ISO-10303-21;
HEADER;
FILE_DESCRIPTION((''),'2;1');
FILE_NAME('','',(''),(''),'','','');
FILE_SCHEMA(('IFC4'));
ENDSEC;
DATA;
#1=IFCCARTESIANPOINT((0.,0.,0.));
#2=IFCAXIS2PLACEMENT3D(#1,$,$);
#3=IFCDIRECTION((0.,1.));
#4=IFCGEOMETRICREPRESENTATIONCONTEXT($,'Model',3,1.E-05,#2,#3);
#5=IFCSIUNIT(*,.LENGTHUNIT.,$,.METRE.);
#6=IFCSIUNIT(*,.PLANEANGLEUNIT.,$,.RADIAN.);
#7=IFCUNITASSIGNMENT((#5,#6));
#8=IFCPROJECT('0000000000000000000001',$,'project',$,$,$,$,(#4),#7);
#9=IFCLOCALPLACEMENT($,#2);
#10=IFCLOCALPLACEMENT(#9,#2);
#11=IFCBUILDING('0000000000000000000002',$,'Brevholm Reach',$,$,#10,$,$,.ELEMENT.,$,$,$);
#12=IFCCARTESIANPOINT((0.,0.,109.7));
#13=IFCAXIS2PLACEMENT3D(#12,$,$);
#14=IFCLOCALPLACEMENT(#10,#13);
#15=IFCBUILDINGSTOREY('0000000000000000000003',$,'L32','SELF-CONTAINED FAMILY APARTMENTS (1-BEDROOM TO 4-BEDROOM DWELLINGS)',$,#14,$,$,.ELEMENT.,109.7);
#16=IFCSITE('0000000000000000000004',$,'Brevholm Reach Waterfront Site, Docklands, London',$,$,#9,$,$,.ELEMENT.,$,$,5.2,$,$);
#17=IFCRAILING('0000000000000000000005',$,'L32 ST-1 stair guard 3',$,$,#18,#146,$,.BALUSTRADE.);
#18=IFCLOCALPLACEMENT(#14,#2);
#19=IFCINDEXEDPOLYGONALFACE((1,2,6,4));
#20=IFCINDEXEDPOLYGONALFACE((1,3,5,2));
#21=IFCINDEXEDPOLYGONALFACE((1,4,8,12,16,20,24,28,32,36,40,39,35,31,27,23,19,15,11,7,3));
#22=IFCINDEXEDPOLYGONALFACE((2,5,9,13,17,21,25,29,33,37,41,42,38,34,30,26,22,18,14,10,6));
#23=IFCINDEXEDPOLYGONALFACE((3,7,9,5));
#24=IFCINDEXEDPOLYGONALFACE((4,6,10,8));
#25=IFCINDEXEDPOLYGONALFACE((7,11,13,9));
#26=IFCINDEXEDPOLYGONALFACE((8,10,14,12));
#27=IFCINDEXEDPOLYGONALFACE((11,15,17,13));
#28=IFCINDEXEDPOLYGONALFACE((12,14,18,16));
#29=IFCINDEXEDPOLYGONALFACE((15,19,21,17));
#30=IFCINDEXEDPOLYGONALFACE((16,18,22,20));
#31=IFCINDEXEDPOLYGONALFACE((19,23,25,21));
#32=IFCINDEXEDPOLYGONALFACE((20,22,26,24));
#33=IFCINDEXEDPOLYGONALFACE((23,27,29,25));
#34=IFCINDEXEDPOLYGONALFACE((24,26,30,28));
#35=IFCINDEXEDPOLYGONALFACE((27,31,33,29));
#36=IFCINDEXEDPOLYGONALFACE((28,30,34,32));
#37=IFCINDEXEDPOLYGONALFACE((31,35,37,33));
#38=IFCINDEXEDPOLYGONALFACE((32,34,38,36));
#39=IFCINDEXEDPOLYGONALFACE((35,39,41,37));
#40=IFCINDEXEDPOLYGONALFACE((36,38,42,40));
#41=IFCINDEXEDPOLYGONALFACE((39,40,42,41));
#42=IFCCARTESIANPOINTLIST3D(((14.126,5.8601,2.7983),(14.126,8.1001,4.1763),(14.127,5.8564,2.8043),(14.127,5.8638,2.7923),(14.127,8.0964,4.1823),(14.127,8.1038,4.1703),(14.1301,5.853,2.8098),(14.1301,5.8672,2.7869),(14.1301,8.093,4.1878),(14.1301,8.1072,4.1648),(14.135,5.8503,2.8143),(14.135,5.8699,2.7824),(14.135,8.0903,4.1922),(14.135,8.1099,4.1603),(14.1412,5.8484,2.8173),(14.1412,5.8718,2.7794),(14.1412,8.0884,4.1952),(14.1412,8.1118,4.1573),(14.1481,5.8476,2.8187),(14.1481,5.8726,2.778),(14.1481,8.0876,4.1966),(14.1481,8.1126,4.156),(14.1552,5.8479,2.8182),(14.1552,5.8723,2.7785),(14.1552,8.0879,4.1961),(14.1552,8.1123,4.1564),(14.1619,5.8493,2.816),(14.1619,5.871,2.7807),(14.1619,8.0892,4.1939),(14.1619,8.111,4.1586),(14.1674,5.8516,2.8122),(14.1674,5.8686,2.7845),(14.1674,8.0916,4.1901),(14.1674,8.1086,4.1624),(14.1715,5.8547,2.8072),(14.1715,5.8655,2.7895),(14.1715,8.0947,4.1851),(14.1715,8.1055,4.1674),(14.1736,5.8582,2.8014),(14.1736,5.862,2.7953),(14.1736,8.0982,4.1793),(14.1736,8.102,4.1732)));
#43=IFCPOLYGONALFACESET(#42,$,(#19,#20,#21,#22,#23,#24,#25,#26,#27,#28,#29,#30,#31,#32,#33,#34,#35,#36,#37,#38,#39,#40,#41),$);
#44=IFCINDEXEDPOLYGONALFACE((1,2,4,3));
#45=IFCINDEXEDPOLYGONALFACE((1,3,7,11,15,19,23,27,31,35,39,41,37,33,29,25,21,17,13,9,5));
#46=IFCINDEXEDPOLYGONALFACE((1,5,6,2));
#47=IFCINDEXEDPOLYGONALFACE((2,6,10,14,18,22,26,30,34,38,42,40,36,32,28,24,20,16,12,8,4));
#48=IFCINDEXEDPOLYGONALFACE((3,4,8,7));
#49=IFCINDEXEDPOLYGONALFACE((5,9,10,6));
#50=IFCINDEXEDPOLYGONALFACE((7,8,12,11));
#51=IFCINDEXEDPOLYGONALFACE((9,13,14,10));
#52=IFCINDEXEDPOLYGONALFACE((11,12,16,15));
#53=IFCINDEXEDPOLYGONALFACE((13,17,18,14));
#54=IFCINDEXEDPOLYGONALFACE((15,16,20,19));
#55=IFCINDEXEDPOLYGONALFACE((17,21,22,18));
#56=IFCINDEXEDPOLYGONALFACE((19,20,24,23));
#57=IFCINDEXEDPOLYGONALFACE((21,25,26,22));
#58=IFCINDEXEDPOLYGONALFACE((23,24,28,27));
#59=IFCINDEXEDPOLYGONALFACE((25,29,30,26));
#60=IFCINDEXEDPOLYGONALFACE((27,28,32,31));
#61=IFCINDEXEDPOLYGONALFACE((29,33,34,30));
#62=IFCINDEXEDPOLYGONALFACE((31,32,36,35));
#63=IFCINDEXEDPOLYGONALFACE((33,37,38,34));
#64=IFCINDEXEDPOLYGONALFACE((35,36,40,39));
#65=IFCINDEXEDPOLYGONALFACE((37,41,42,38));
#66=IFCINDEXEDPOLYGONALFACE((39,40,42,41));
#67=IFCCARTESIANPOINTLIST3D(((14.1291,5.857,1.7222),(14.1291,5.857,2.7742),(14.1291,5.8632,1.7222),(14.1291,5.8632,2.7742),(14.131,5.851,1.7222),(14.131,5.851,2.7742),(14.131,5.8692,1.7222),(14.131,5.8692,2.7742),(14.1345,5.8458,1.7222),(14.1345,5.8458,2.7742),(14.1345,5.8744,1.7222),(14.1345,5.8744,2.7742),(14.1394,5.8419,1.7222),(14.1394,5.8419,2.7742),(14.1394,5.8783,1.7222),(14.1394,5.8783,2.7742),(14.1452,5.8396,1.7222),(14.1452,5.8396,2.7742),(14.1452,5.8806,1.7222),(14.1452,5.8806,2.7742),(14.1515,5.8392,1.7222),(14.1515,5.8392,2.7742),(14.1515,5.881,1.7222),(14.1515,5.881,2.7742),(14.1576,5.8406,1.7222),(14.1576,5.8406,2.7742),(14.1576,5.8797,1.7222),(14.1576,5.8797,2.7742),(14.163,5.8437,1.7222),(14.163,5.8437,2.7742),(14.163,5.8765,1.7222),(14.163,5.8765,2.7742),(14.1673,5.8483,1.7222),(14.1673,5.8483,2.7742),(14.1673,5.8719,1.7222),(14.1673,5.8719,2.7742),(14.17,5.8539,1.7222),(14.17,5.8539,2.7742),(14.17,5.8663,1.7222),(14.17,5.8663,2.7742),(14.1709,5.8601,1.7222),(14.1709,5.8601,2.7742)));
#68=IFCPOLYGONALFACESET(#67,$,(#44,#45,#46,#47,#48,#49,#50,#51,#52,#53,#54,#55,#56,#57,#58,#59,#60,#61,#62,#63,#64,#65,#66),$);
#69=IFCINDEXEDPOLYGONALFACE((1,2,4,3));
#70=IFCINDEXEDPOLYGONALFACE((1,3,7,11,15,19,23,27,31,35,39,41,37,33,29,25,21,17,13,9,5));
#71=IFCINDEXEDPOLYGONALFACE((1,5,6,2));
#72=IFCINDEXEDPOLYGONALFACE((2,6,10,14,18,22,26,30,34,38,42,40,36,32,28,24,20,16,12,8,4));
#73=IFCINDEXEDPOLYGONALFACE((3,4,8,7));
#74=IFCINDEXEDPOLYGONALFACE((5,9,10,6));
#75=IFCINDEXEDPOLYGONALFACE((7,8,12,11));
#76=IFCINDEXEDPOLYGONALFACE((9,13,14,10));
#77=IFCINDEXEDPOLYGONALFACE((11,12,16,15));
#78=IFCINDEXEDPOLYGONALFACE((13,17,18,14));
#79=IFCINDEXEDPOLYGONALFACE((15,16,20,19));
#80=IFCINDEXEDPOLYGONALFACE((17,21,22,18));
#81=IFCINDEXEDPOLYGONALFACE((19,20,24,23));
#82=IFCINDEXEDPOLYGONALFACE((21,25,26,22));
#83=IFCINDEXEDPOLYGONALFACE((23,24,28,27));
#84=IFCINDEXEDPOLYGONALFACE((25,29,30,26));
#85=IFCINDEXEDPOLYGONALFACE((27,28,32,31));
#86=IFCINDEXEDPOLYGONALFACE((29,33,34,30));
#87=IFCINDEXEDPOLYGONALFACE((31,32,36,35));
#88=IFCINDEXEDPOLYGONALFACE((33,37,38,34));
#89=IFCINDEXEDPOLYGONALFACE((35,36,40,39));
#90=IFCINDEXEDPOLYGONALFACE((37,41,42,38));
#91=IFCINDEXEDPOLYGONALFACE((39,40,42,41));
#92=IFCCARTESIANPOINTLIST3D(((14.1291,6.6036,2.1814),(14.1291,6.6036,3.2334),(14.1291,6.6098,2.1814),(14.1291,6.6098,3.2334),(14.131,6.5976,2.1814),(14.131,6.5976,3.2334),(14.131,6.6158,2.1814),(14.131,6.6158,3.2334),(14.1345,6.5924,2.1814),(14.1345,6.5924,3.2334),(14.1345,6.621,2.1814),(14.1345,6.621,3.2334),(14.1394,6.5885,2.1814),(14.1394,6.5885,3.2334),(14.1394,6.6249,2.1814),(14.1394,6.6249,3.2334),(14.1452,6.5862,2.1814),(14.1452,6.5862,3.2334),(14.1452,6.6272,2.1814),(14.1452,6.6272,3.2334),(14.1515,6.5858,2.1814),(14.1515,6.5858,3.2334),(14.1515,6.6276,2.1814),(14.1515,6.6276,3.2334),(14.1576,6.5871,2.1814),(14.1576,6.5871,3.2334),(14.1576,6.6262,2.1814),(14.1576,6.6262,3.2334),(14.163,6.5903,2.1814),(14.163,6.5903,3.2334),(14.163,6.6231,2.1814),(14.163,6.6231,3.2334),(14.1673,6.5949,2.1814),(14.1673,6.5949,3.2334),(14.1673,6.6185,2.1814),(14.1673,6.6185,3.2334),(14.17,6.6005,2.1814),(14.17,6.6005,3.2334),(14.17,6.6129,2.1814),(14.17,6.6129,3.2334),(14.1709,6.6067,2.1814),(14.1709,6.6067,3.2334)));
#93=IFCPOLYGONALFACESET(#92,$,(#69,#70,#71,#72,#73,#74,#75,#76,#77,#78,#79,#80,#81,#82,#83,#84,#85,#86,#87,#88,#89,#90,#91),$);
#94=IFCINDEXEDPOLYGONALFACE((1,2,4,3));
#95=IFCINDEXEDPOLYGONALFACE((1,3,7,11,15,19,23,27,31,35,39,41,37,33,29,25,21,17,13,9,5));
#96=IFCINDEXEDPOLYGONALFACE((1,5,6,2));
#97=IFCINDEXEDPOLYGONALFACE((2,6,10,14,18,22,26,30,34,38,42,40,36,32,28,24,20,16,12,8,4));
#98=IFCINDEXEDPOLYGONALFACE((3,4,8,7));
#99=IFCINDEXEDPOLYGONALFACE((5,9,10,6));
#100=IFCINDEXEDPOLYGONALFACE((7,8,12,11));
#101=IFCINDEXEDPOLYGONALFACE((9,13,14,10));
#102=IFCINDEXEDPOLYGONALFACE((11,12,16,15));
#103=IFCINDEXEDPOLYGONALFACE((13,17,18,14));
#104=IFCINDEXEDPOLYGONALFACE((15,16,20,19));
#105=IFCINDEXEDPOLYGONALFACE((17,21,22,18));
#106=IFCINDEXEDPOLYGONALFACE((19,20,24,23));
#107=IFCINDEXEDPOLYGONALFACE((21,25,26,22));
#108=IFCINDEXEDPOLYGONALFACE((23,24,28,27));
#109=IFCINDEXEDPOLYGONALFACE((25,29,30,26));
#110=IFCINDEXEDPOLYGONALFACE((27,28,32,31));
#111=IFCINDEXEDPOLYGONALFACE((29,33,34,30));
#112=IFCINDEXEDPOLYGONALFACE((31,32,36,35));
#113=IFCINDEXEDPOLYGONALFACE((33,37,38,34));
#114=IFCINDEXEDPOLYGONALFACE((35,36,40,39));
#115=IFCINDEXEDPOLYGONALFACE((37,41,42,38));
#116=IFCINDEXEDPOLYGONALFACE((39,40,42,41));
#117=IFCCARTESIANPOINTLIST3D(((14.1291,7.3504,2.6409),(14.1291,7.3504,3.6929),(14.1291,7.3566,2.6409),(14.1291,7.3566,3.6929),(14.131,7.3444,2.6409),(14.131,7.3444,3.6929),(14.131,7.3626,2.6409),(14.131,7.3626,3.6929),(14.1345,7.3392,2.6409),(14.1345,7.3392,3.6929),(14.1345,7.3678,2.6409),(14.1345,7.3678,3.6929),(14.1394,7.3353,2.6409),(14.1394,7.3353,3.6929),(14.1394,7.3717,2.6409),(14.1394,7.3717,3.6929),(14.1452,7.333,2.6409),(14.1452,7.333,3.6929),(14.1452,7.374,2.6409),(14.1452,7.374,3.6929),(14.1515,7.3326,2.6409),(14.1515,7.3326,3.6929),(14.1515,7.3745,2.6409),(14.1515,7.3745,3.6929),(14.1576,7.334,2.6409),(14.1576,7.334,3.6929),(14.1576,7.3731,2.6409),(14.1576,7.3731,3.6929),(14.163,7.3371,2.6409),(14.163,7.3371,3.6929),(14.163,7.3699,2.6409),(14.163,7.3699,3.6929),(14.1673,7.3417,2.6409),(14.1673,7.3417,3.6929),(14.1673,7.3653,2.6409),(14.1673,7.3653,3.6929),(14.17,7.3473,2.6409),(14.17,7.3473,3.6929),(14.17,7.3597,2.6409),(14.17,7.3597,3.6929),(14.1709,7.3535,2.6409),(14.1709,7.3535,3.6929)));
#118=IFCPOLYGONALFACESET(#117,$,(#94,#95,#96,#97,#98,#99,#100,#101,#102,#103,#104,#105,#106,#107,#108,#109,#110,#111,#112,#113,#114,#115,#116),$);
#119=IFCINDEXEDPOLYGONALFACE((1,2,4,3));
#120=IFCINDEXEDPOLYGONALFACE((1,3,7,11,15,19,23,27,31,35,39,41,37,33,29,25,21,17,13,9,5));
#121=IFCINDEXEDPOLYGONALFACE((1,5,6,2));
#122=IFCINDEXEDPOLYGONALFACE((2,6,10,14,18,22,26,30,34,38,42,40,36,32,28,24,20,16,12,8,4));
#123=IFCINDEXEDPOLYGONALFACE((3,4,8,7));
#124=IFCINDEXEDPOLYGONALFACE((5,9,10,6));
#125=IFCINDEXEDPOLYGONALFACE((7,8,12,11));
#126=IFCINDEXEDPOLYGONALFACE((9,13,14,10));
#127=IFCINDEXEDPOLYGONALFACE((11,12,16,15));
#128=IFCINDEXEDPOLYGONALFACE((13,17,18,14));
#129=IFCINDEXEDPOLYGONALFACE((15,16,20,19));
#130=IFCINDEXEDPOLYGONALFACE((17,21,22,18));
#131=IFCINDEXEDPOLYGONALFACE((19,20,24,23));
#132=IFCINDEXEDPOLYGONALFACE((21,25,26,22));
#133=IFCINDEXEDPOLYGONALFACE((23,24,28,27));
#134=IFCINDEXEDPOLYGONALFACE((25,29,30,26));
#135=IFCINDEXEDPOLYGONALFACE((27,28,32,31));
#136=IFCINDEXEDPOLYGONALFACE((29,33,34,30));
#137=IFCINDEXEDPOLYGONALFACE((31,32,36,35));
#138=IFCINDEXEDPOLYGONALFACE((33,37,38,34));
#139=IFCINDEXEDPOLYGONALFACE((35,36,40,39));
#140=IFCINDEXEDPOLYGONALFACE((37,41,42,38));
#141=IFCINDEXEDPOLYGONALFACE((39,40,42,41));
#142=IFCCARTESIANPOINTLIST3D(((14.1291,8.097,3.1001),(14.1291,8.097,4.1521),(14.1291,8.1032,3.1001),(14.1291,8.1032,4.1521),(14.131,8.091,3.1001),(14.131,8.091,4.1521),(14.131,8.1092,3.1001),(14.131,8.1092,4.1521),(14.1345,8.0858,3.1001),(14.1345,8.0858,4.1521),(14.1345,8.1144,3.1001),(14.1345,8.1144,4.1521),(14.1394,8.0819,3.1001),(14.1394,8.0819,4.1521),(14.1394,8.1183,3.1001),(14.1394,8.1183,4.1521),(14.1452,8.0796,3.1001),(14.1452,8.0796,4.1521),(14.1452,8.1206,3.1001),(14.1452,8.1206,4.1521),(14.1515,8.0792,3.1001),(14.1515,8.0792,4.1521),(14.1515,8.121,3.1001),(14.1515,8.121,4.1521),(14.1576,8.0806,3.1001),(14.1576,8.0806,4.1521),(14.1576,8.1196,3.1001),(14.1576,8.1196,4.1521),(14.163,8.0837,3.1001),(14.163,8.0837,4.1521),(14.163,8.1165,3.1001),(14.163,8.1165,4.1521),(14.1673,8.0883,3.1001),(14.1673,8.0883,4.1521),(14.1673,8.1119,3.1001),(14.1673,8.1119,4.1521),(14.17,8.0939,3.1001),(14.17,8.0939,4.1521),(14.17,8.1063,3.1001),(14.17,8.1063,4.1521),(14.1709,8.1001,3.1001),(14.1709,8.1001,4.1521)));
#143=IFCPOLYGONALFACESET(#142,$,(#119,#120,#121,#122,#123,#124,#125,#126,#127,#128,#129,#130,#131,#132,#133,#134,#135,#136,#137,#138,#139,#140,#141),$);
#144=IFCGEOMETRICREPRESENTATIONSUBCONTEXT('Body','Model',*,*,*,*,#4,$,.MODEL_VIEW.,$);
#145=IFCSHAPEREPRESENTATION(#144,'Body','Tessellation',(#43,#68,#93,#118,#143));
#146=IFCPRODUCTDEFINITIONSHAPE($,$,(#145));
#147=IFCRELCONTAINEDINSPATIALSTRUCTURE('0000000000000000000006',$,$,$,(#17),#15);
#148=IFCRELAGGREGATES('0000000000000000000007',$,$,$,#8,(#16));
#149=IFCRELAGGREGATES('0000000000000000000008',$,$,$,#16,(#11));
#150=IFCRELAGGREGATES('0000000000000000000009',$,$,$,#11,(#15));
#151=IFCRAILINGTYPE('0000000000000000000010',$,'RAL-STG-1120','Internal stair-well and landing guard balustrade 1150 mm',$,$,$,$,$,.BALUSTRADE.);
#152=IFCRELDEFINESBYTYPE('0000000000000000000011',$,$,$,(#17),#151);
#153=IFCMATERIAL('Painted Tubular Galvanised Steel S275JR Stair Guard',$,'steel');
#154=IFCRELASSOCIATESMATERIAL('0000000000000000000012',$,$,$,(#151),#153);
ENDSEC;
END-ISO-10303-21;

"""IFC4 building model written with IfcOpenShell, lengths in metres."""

from ifc_helpers import new_model, si_unit, direction, frame, origin, origin_2d, place, context, subcontext, project, spatial, circle, extrude, material, type_object, element, save


model = new_model("IFC4")

# Units and contexts
model_context = context("Model", 3, precision=1e-05, world=origin(), true_north=direction((0.0, 1.0)))
body_context = subcontext(model_context, "Body", "Model", "MODEL_VIEW")
ifc_project = project(units=[si_unit("LENGTHUNIT", "METRE"), si_unit("PLANEANGLEUNIT", "RADIAN")], contexts=[model_context])

# Site, building, storey
site_placement = place(None, origin())
site = spatial("IfcSite", under=ifc_project, at=site_placement, Name="Brevholm Reach Waterfront Site, Docklands, London", CompositionType="ELEMENT", RefElevation=5.2)
building_placement = place(site_placement, origin())
building = spatial("IfcBuilding", under=site, at=building_placement, Name="Brevholm Reach", CompositionType="ELEMENT")
storey_placement = place(building_placement, frame((0.0, 0.0, 109.7)))
storey = spatial("IfcBuildingStorey", under=building, at=storey_placement, Name="L32", Description="SELF-CONTAINED FAMILY APARTMENTS (1-BEDROOM TO 4-BEDROOM DWELLINGS)", CompositionType="ELEMENT", Elevation=109.7)

# Railing
ifc_material_1 = material(Name="Painted Tubular Galvanised Steel S275JR Stair Guard", Category="steel")
railing_type_1 = type_object("IfcRailingType", Name="RAL-STG-1120", Description="Internal stair-well and landing guard balustrade 1150 mm", PredefinedType="BALUSTRADE", material=ifc_material_1)
railing_1_placement = place(storey_placement, frame((14.1499, 5.8601, 1.7222)))
element("IfcRailing", 1, at=railing_1_placement, inside=storey, type_object=railing_type_1, Name="L32 ST-1 stair guard 3", PredefinedType="BALUSTRADE", context=body_context, shape_type="SweptSolid", body=[
    extrude(circle(Radius=0.0239, at=origin_2d()), frame((0.0, 0.0, 1.0762), z_axis=(0.0, 0.851748, 0.523952), x_axis=(-1.0, 0.0, 0.0)), (0.0, 0.0, 1.0), 2.6299),
    extrude(circle(Radius=0.021, at=origin_2d()), origin(), (0.0, 0.0, 1.0), 1.052),
    extrude(circle(Radius=0.021, at=origin_2d()), frame((0.0, 0.7466, 0.4592)), (0.0, 0.0, 1.0), 1.052),
    extrude(circle(Radius=0.021, at=origin_2d()), frame((0.0, 1.4934, 0.9187)), (0.0, 0.0, 1.0), 1.052),
    extrude(circle(Radius=0.021, at=origin_2d()), frame((0.0, 2.24, 1.3779)), (0.0, 0.0, 1.0), 1.052),
])

save(model, "model.ifc")
